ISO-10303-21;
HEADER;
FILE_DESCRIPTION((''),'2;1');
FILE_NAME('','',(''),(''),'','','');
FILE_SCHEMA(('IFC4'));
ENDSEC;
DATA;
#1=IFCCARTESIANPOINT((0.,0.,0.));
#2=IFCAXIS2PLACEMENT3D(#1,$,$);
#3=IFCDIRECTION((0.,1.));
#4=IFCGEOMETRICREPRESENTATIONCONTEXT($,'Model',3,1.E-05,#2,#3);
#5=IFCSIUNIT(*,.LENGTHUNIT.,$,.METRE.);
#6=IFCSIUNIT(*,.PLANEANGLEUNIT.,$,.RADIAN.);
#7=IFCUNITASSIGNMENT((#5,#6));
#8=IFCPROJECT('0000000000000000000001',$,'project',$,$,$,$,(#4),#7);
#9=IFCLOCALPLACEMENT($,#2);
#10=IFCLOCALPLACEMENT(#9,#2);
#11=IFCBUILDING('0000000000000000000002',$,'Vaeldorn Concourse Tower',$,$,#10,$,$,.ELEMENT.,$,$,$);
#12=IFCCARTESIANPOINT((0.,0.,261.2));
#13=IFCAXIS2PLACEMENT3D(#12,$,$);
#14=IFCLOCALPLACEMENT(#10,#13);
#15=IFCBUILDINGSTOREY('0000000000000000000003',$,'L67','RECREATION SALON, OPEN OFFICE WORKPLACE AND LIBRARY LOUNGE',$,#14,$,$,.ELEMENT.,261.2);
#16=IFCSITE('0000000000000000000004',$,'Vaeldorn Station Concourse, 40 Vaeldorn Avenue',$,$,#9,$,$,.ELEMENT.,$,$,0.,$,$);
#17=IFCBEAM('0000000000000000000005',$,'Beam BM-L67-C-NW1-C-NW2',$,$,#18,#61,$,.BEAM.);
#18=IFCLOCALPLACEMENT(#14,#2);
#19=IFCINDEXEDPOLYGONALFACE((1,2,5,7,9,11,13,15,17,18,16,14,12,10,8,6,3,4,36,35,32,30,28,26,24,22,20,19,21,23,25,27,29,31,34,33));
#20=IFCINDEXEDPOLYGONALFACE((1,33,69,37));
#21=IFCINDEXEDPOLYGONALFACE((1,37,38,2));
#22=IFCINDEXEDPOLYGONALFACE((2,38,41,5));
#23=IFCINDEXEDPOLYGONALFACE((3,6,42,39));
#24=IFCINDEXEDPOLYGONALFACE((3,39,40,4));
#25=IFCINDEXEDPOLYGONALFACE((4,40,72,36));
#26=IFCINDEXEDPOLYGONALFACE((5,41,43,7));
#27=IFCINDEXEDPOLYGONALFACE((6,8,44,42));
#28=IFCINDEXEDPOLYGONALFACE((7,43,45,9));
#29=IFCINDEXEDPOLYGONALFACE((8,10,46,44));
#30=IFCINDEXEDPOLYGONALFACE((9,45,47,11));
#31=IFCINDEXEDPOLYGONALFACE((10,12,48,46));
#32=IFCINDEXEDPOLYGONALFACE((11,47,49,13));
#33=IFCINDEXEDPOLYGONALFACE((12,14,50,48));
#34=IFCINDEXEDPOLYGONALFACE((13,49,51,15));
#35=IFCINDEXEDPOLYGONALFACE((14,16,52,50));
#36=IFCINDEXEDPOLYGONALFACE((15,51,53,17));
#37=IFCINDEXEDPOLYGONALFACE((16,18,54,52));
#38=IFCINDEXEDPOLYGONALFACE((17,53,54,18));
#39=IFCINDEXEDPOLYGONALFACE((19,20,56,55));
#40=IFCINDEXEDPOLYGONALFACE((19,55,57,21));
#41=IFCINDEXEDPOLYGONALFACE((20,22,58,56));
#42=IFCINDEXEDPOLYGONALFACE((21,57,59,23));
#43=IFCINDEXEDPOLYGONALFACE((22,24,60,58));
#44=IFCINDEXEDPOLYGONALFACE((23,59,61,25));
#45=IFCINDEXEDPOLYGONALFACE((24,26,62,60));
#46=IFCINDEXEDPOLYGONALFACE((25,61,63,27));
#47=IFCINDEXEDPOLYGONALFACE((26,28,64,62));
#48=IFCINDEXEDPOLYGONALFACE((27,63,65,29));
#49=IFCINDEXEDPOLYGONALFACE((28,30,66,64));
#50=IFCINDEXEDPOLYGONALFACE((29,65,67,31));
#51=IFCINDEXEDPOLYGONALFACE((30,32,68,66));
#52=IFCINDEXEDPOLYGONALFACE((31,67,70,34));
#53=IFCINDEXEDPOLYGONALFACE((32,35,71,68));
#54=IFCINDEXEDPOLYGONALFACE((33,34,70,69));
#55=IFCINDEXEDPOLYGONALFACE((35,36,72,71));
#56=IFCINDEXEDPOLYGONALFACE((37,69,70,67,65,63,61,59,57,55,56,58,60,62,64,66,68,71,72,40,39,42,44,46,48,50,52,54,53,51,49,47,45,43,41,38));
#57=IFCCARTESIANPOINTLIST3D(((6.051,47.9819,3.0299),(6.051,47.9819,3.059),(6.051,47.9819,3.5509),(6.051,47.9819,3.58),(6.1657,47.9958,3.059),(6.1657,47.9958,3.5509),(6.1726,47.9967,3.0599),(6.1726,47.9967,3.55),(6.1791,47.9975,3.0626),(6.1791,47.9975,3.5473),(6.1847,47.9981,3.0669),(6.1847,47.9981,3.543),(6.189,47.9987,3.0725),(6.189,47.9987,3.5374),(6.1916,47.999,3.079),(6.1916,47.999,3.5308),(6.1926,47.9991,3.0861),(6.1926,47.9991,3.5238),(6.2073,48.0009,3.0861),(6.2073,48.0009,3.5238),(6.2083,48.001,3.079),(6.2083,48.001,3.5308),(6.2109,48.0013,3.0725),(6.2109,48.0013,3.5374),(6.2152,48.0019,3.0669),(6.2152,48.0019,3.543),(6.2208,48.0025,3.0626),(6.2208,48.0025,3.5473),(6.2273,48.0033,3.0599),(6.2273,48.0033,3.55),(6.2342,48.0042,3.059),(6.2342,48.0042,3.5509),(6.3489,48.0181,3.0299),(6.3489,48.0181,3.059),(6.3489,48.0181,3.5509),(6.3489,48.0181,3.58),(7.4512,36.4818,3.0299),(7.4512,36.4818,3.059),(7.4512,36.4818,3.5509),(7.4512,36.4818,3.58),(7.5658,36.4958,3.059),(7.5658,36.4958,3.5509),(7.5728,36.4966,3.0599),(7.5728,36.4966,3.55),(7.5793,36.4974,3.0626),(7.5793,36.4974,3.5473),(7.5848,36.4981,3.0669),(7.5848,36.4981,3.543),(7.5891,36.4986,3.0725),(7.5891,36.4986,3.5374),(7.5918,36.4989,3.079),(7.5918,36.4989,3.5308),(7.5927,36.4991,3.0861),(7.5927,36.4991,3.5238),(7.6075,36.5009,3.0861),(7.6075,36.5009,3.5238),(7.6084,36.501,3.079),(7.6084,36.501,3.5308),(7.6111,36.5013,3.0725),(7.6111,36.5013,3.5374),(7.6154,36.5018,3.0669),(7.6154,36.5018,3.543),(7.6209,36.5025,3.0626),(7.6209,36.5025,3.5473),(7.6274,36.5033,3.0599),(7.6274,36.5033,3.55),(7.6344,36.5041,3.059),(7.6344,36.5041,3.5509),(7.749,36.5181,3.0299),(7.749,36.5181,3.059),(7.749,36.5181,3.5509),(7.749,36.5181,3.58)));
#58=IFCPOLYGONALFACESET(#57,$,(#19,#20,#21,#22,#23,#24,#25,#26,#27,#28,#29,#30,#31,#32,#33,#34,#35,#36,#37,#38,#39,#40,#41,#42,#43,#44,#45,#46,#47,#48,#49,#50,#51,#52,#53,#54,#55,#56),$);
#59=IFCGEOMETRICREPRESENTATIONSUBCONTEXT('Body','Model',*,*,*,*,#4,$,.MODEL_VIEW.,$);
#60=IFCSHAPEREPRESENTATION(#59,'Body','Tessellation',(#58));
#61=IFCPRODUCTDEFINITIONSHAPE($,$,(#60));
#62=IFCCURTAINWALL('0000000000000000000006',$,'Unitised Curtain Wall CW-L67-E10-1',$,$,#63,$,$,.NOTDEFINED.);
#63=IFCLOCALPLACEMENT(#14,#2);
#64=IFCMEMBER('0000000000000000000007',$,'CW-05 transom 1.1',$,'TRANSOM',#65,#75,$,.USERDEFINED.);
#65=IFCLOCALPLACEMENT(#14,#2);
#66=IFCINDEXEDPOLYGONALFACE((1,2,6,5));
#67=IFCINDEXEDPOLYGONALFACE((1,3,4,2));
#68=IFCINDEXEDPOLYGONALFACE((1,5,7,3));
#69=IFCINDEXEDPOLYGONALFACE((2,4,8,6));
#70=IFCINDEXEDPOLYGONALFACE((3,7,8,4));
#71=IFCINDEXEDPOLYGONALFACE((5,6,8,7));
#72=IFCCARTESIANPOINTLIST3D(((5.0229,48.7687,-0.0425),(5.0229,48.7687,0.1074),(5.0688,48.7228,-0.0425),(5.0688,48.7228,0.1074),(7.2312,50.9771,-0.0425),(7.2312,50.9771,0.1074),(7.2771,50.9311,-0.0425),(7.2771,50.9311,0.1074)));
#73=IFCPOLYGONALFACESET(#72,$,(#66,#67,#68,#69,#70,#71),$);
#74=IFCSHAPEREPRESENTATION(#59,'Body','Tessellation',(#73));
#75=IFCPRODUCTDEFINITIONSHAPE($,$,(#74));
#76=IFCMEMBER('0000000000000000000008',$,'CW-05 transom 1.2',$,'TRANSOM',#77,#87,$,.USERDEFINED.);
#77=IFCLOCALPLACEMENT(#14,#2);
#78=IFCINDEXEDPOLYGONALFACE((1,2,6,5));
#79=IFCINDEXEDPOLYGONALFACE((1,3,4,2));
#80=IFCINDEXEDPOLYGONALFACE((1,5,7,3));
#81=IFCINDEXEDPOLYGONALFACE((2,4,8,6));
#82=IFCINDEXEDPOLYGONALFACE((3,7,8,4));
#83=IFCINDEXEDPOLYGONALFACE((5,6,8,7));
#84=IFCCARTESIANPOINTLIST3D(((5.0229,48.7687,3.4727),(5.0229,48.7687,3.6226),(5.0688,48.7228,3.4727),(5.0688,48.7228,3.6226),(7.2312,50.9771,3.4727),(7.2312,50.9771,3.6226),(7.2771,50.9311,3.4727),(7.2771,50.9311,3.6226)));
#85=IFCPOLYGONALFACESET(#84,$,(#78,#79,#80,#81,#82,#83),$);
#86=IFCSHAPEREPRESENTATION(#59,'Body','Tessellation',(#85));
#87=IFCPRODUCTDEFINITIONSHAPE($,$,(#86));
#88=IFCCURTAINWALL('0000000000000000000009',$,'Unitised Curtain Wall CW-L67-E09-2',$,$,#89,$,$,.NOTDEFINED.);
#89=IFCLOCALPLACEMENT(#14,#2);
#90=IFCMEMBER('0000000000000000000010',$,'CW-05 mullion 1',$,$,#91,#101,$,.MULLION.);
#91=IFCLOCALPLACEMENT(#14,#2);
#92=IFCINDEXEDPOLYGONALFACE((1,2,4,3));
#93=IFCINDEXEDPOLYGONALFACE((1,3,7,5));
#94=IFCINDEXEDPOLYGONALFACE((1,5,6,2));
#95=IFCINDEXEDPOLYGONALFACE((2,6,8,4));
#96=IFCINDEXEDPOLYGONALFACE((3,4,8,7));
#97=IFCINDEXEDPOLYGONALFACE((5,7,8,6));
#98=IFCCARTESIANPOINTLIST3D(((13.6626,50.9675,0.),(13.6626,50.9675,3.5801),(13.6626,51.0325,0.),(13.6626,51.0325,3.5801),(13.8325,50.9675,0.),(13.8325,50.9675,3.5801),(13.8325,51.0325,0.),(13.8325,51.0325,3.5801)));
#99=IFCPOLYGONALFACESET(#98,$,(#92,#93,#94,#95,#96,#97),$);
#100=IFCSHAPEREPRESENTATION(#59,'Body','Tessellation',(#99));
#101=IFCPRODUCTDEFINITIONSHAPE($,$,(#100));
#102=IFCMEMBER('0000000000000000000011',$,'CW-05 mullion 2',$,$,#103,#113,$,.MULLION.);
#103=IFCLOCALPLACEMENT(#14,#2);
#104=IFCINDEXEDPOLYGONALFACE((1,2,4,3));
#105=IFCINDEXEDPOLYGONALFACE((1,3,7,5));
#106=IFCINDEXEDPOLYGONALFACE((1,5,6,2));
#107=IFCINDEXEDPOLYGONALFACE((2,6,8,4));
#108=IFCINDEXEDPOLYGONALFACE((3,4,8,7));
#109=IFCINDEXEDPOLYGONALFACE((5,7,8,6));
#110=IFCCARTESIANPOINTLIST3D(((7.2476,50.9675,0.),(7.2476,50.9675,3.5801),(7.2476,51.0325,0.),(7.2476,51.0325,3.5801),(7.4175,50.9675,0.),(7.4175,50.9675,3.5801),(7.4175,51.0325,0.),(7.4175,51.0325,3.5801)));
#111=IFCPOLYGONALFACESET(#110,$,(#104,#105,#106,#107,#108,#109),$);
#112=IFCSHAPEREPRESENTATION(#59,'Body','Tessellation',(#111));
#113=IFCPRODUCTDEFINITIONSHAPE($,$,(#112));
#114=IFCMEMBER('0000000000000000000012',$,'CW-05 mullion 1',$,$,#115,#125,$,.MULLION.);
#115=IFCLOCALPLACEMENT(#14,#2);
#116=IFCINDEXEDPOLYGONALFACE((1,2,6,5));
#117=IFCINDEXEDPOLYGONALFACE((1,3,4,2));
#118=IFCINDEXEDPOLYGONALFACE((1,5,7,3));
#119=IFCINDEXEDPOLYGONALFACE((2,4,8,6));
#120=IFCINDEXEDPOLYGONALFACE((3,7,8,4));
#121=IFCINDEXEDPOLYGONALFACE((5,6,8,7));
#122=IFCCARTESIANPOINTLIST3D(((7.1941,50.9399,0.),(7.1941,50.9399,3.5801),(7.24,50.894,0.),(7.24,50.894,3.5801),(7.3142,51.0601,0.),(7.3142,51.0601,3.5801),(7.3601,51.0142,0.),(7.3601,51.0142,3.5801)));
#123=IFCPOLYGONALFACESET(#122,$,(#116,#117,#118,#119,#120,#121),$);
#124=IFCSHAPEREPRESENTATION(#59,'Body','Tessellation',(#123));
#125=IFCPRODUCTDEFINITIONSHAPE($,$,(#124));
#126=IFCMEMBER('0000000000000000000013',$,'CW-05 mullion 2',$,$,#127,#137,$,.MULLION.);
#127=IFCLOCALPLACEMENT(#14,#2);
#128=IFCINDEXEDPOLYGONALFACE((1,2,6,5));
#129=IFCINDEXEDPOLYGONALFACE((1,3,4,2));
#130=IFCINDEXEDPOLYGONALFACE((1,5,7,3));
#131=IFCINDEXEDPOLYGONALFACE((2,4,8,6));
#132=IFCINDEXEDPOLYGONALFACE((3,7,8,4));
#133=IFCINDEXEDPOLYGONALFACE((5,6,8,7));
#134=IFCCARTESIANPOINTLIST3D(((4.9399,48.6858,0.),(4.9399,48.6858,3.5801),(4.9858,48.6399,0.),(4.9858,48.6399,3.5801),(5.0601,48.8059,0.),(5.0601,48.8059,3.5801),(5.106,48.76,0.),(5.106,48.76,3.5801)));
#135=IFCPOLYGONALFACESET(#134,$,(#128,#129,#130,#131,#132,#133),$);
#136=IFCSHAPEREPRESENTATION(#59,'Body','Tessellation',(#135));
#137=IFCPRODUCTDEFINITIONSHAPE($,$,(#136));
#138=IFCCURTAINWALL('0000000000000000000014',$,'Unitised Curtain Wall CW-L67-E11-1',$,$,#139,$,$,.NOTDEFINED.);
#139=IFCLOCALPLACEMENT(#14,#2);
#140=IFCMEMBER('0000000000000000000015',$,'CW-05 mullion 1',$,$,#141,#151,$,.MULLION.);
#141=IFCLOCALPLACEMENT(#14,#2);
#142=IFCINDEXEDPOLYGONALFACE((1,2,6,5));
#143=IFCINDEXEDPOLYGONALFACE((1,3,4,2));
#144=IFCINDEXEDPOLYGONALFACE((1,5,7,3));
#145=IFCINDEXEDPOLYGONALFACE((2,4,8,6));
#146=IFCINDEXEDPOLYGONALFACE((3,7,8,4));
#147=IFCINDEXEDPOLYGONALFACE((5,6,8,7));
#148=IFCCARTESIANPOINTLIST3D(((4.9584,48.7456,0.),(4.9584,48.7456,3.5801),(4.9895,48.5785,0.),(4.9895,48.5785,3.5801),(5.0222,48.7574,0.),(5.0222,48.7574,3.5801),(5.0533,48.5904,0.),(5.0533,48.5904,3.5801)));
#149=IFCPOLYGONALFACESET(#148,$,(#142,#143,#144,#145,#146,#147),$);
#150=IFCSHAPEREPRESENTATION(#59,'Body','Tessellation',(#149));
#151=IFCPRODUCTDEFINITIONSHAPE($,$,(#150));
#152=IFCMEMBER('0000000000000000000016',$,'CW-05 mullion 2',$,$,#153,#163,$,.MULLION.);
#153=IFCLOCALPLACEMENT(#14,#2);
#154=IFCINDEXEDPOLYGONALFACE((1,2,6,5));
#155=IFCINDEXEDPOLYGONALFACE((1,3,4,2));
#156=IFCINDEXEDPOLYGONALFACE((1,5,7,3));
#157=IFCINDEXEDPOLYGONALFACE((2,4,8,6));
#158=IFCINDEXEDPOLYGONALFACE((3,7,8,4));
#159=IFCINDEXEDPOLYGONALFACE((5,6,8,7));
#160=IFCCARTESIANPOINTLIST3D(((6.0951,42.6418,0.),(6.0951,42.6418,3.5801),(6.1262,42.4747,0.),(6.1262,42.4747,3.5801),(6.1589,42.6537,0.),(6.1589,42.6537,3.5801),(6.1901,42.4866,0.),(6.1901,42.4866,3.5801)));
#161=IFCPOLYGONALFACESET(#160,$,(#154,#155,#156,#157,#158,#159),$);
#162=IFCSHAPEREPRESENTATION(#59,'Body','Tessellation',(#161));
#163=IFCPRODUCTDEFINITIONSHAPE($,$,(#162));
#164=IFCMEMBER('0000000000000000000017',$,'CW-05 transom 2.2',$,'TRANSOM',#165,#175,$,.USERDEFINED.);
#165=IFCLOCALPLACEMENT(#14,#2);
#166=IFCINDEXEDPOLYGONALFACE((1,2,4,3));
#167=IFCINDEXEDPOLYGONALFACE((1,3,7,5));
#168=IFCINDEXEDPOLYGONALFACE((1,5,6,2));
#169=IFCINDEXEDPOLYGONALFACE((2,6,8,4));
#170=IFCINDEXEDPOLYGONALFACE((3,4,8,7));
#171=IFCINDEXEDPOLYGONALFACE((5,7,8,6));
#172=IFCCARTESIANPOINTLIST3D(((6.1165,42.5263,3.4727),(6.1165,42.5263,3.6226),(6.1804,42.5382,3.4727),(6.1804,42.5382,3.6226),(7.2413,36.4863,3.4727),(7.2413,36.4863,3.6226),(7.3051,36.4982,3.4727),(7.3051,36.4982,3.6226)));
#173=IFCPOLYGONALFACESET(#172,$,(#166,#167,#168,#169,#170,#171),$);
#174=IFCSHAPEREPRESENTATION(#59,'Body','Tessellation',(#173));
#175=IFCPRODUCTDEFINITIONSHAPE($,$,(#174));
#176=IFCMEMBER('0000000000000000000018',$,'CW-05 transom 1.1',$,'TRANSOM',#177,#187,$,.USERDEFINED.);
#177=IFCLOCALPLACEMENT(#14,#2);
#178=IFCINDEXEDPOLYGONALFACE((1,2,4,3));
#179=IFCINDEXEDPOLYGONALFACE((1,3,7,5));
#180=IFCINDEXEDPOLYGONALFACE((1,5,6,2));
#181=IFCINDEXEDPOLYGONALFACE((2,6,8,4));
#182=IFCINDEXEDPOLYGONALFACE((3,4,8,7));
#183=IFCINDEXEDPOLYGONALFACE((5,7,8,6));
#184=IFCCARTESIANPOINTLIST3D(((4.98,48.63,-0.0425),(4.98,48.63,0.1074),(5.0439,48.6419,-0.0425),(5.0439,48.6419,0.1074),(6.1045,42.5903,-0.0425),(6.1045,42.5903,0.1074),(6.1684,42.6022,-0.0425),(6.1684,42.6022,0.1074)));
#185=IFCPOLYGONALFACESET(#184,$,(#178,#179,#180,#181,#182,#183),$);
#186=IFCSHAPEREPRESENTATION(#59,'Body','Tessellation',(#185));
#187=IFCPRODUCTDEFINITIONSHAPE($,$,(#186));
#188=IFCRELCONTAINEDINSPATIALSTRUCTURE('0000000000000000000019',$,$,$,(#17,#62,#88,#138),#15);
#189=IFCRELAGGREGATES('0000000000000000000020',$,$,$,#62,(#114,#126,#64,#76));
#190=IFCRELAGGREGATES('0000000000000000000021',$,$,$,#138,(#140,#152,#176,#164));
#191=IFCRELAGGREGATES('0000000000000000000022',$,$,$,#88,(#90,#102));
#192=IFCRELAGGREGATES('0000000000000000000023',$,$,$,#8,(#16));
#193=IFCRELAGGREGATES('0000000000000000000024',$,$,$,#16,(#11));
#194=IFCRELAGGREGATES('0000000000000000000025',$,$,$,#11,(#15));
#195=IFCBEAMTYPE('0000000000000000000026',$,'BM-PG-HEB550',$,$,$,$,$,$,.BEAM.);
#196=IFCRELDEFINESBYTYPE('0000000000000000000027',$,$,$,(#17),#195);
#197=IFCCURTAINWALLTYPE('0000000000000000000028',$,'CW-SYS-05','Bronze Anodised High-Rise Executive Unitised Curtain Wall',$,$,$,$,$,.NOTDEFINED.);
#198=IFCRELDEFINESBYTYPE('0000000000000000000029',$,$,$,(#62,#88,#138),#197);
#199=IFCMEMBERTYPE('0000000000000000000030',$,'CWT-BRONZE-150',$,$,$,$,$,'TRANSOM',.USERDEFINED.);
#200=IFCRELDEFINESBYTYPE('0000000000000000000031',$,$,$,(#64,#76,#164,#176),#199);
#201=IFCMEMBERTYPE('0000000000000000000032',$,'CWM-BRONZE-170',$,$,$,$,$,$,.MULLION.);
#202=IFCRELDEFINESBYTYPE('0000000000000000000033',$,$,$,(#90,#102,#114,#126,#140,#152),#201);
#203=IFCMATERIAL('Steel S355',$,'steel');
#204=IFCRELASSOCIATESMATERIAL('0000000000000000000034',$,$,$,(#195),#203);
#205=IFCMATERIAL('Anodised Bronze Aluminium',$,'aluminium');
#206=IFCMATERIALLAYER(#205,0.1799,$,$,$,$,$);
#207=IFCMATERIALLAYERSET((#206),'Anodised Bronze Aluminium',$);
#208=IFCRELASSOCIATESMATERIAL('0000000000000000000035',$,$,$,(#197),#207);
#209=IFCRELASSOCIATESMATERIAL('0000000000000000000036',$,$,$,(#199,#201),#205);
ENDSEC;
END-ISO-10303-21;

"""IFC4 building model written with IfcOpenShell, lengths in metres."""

from ifc_helpers import new_model, si_unit, direction, frame, origin, origin_2d, place, context, subcontext, project, spatial, rectangle, i_section, extrude, source, transform, mapped, material, layer, layer_set, material_profile, profile_set, type_object, element, aggregate, save


model = new_model("IFC4")

# Units and contexts
model_context = context("Model", 3, precision=1e-05, world=origin(), true_north=direction((0.0, 1.0)))
body_context = subcontext(model_context, "Body", "Model", "MODEL_VIEW")
ifc_project = project(units=[si_unit("LENGTHUNIT", "METRE"), si_unit("PLANEANGLEUNIT", "RADIAN")], contexts=[model_context])

# Site, building, storey
site_placement = place(None, origin())
site = spatial("IfcSite", under=ifc_project, at=site_placement, Name="Vaeldorn Station Concourse, 40 Vaeldorn Avenue", CompositionType="ELEMENT", RefElevation=0.0)
building_placement = place(site_placement, origin())
building = spatial("IfcBuilding", under=site, at=building_placement, Name="Vaeldorn Concourse Tower", CompositionType="ELEMENT")
storey_placement = place(building_placement, frame((0.0, 0.0, 261.2)))
storey = spatial("IfcBuildingStorey", under=building, at=storey_placement, Name="L67", Description="RECREATION SALON, OPEN OFFICE WORKPLACE AND LIBRARY LOUNGE", CompositionType="ELEMENT", Elevation=261.2)

# Shared definitions
ifc_material_1 = material(Name="Steel S355", Category="steel")

# Beam
ifc_material_profile_1 = material_profile(ifc_material_1, i_section(OverallWidth=0.3, OverallDepth=0.55, WebThickness=0.0149, FlangeThickness=0.0291, FilletRadius=0.0271, at=origin_2d()), Name="HEB 550")
ifc_profile_set_1 = profile_set([ifc_material_profile_1], Name="Steel S355")
beam_type_1 = type_object("IfcBeamType", Name="BM-PG-HEB550", PredefinedType="BEAM", material=ifc_profile_set_1)
shared_shape_1 = source(origin(), body_context, "Body", "SweptSolid", [
    extrude(i_section(OverallWidth=0.3, OverallDepth=0.55, WebThickness=0.0149, FlangeThickness=0.0291, FilletRadius=0.0271, at=origin_2d()), origin(), (0.0, 0.0, 1.0), 11.585),
])
beam_1_placement = place(storey_placement, frame((6.2, 48.0, 3.3049), z_axis=(0.120859, -0.99267, 0.0), x_axis=(0.99267, 0.120859, 0.0)))
element("IfcBeam", 1, at=beam_1_placement, inside=storey, type_object=beam_type_1, Name="Beam BM-L67-C-NW1-C-NW2", PredefinedType="BEAM", context=body_context, shape_type="MappedRepresentation", body=[
    mapped(shared_shape_1, transform((0.0, 0.0, 0.0), scale=1.0)),
])

# Curtain walls, members
ifc_material_2 = material(Name="Anodised Bronze Aluminium", Category="aluminium")
ifc_layer_1 = layer(ifc_material_2, 0.1799)
ifc_layer_set_1 = layer_set([ifc_layer_1], Name="Anodised Bronze Aluminium")
curtain_wall_type = type_object("IfcCurtainWallType", Name="CW-SYS-05", Description="Bronze Anodised High-Rise Executive Unitised Curtain Wall", PredefinedType="NOTDEFINED", material=ifc_layer_set_1)
curtain_wall_1_placement = place(storey_placement, origin())
curtain_wall_1 = element("IfcCurtainWall", 2, at=curtain_wall_1_placement, inside=storey, type_object=curtain_wall_type, Name="Unitised Curtain Wall CW-L67-E10-1", PredefinedType="NOTDEFINED")
ifc_material_profile_2 = material_profile(ifc_material_2, rectangle(XDim=0.0649, YDim=0.1499, at=origin_2d()), Name="CWT 65x150")
ifc_profile_set_2 = profile_set([ifc_material_profile_2], Name="Anodised Bronze Aluminium")
member_type_1 = type_object("IfcMemberType", Name="CWT-BRONZE-150", ElementType="TRANSOM", PredefinedType="USERDEFINED", material=ifc_profile_set_2)
shared_shape_2 = source(origin(), body_context, "Body", "SweptSolid", [
    extrude(rectangle(XDim=0.0649, YDim=0.1499, at=origin_2d()), origin(), (0.0, 0.0, 1.0), 3.123),
])
member_1_placement = place(storey_placement, frame((7.2542, 50.9541, 0.0325), z_axis=(-0.707107, -0.707107, 0.0), x_axis=(0.707107, -0.707107, 0.0)))
member_1 = element("IfcMember", 3, at=member_1_placement, type_object=member_type_1, Name="CW-05 transom 1.1", ObjectType="TRANSOM", PredefinedType="USERDEFINED", context=body_context, shape_type="MappedRepresentation", body=[
    mapped(shared_shape_2, transform((0.0, 0.0, 0.0), scale=1.0)),
])
member_2_placement = place(storey_placement, frame((7.2542, 50.9541, 3.5476), z_axis=(-0.707107, -0.707107, 0.0), x_axis=(0.707107, -0.707107, 0.0)))
member_2 = element("IfcMember", 4, at=member_2_placement, type_object=member_type_1, Name="CW-05 transom 1.2", ObjectType="TRANSOM", PredefinedType="USERDEFINED", context=body_context, shape_type="MappedRepresentation", body=[
    mapped(shared_shape_2, transform((0.0, 0.0, 0.0), scale=1.0)),
])
curtain_wall_2_placement = place(storey_placement, origin())
curtain_wall_2 = element("IfcCurtainWall", 5, at=curtain_wall_2_placement, inside=storey, type_object=curtain_wall_type, Name="Unitised Curtain Wall CW-L67-E09-2", PredefinedType="NOTDEFINED")
ifc_material_profile_3 = material_profile(ifc_material_2, rectangle(XDim=0.0649, YDim=0.1699, at=origin_2d()), Name="CWM 65x170")
ifc_profile_set_3 = profile_set([ifc_material_profile_3], Name="Anodised Bronze Aluminium")
member_type_2 = type_object("IfcMemberType", Name="CWM-BRONZE-170", PredefinedType="MULLION", material=ifc_profile_set_3)
shared_shape_3 = source(origin(), body_context, "Body", "SweptSolid", [
    extrude(rectangle(XDim=0.0649, YDim=0.1699, at=origin_2d()), origin(), (0.0, 0.0, 1.0), 3.5801),
])
member_3_placement = place(storey_placement, frame((13.7476, 51.0, 0.0), z_axis=(0.0, 0.0, 1.0), x_axis=(0.0, -1.0, 0.0)))
member_3 = element("IfcMember", 6, at=member_3_placement, type_object=member_type_2, Name="CW-05 mullion 1", PredefinedType="MULLION", context=body_context, shape_type="MappedRepresentation", body=[
    mapped(shared_shape_3, transform((0.0, 0.0, 0.0), scale=1.0)),
])
member_4_placement = place(storey_placement, frame((7.3325, 51.0, 0.0), z_axis=(0.0, 0.0, 1.0), x_axis=(0.0, -1.0, 0.0)))
member_4 = element("IfcMember", 7, at=member_4_placement, type_object=member_type_2, Name="CW-05 mullion 2", PredefinedType="MULLION", context=body_context, shape_type="MappedRepresentation", body=[
    mapped(shared_shape_3, transform((0.0, 0.0, 0.0), scale=1.0)),
])

# Members
member_5_placement = place(storey_placement, frame((7.2771, 50.9771, 0.0), z_axis=(0.0, 0.0, 1.0), x_axis=(0.707107, -0.707107, 0.0)))
member_5 = element("IfcMember", 8, at=member_5_placement, type_object=member_type_2, Name="CW-05 mullion 1", PredefinedType="MULLION", context=body_context, shape_type="MappedRepresentation", body=[
    mapped(shared_shape_3, transform((0.0, 0.0, 0.0), scale=1.0)),
])
member_6_placement = place(storey_placement, frame((5.0229, 48.7229, 0.0), z_axis=(0.0, 0.0, 1.0), x_axis=(0.707107, -0.707107, 0.0)))
member_6 = element("IfcMember", 9, at=member_6_placement, type_object=member_type_2, Name="CW-05 mullion 2", PredefinedType="MULLION", context=body_context, shape_type="MappedRepresentation", body=[
    mapped(shared_shape_3, transform((0.0, 0.0, 0.0), scale=1.0)),
])

# Curtain wall, members
curtain_wall_3_placement = place(storey_placement, origin())
curtain_wall_3 = element("IfcCurtainWall", 10, at=curtain_wall_3_placement, inside=storey, type_object=curtain_wall_type, Name="Unitised Curtain Wall CW-L67-E11-1", PredefinedType="NOTDEFINED")
member_7_placement = place(storey_placement, frame((5.0059, 48.668, 0.0), z_axis=(0.0, 0.0, 1.0), x_axis=(0.983103, 0.183054, 0.0)))
member_7 = element("IfcMember", 11, at=member_7_placement, type_object=member_type_2, Name="CW-05 mullion 1", PredefinedType="MULLION", context=body_context, shape_type="MappedRepresentation", body=[
    mapped(shared_shape_3, transform((0.0, 0.0, 0.0), scale=1.0)),
])
member_8_placement = place(storey_placement, frame((6.1426, 42.5642, 0.0), z_axis=(0.0, 0.0, 1.0), x_axis=(0.983103, 0.183054, 0.0)))
member_8 = element("IfcMember", 12, at=member_8_placement, type_object=member_type_2, Name="CW-05 mullion 2", PredefinedType="MULLION", context=body_context, shape_type="MappedRepresentation", body=[
    mapped(shared_shape_3, transform((0.0, 0.0, 0.0), scale=1.0)),
])
shared_shape_4 = source(origin(), body_context, "Body", "SweptSolid", [
    extrude(rectangle(XDim=0.0649, YDim=0.1499, at=origin_2d()), origin(), (0.0, 0.0, 1.0), 6.1438),
])
member_9_placement = place(storey_placement, frame((6.1484, 42.5322, 3.5476), z_axis=(0.18307, -0.9831, 0.0), x_axis=(0.9831, 0.18307, 0.0)))
member_9 = element("IfcMember", 13, at=member_9_placement, type_object=member_type_1, Name="CW-05 transom 2.2", ObjectType="TRANSOM", PredefinedType="USERDEFINED", context=body_context, shape_type="MappedRepresentation", body=[
    mapped(shared_shape_4, transform((0.0, 0.0, 0.0), scale=1.0)),
])
shared_shape_5 = source(origin(), body_context, "Body", "SweptSolid", [
    extrude(rectangle(XDim=0.0649, YDim=0.1499, at=origin_2d()), origin(), (0.0, 0.0, 1.0), 6.1436),
])
member_10_placement = place(storey_placement, frame((5.012, 48.636, 0.0325), z_axis=(0.183038, -0.983106, 0.0), x_axis=(0.983106, 0.183038, 0.0)))
member_10 = element("IfcMember", 14, at=member_10_placement, type_object=member_type_1, Name="CW-05 transom 1.1", ObjectType="TRANSOM", PredefinedType="USERDEFINED", context=body_context, shape_type="MappedRepresentation", body=[
    mapped(shared_shape_5, transform((0.0, 0.0, 0.0), scale=1.0)),
])

aggregate(curtain_wall_1, [member_5, member_6, member_1, member_2])
aggregate(curtain_wall_3, [member_7, member_8, member_10, member_9])
aggregate(curtain_wall_2, [member_3, member_4])

save(model, "model.ifc")
